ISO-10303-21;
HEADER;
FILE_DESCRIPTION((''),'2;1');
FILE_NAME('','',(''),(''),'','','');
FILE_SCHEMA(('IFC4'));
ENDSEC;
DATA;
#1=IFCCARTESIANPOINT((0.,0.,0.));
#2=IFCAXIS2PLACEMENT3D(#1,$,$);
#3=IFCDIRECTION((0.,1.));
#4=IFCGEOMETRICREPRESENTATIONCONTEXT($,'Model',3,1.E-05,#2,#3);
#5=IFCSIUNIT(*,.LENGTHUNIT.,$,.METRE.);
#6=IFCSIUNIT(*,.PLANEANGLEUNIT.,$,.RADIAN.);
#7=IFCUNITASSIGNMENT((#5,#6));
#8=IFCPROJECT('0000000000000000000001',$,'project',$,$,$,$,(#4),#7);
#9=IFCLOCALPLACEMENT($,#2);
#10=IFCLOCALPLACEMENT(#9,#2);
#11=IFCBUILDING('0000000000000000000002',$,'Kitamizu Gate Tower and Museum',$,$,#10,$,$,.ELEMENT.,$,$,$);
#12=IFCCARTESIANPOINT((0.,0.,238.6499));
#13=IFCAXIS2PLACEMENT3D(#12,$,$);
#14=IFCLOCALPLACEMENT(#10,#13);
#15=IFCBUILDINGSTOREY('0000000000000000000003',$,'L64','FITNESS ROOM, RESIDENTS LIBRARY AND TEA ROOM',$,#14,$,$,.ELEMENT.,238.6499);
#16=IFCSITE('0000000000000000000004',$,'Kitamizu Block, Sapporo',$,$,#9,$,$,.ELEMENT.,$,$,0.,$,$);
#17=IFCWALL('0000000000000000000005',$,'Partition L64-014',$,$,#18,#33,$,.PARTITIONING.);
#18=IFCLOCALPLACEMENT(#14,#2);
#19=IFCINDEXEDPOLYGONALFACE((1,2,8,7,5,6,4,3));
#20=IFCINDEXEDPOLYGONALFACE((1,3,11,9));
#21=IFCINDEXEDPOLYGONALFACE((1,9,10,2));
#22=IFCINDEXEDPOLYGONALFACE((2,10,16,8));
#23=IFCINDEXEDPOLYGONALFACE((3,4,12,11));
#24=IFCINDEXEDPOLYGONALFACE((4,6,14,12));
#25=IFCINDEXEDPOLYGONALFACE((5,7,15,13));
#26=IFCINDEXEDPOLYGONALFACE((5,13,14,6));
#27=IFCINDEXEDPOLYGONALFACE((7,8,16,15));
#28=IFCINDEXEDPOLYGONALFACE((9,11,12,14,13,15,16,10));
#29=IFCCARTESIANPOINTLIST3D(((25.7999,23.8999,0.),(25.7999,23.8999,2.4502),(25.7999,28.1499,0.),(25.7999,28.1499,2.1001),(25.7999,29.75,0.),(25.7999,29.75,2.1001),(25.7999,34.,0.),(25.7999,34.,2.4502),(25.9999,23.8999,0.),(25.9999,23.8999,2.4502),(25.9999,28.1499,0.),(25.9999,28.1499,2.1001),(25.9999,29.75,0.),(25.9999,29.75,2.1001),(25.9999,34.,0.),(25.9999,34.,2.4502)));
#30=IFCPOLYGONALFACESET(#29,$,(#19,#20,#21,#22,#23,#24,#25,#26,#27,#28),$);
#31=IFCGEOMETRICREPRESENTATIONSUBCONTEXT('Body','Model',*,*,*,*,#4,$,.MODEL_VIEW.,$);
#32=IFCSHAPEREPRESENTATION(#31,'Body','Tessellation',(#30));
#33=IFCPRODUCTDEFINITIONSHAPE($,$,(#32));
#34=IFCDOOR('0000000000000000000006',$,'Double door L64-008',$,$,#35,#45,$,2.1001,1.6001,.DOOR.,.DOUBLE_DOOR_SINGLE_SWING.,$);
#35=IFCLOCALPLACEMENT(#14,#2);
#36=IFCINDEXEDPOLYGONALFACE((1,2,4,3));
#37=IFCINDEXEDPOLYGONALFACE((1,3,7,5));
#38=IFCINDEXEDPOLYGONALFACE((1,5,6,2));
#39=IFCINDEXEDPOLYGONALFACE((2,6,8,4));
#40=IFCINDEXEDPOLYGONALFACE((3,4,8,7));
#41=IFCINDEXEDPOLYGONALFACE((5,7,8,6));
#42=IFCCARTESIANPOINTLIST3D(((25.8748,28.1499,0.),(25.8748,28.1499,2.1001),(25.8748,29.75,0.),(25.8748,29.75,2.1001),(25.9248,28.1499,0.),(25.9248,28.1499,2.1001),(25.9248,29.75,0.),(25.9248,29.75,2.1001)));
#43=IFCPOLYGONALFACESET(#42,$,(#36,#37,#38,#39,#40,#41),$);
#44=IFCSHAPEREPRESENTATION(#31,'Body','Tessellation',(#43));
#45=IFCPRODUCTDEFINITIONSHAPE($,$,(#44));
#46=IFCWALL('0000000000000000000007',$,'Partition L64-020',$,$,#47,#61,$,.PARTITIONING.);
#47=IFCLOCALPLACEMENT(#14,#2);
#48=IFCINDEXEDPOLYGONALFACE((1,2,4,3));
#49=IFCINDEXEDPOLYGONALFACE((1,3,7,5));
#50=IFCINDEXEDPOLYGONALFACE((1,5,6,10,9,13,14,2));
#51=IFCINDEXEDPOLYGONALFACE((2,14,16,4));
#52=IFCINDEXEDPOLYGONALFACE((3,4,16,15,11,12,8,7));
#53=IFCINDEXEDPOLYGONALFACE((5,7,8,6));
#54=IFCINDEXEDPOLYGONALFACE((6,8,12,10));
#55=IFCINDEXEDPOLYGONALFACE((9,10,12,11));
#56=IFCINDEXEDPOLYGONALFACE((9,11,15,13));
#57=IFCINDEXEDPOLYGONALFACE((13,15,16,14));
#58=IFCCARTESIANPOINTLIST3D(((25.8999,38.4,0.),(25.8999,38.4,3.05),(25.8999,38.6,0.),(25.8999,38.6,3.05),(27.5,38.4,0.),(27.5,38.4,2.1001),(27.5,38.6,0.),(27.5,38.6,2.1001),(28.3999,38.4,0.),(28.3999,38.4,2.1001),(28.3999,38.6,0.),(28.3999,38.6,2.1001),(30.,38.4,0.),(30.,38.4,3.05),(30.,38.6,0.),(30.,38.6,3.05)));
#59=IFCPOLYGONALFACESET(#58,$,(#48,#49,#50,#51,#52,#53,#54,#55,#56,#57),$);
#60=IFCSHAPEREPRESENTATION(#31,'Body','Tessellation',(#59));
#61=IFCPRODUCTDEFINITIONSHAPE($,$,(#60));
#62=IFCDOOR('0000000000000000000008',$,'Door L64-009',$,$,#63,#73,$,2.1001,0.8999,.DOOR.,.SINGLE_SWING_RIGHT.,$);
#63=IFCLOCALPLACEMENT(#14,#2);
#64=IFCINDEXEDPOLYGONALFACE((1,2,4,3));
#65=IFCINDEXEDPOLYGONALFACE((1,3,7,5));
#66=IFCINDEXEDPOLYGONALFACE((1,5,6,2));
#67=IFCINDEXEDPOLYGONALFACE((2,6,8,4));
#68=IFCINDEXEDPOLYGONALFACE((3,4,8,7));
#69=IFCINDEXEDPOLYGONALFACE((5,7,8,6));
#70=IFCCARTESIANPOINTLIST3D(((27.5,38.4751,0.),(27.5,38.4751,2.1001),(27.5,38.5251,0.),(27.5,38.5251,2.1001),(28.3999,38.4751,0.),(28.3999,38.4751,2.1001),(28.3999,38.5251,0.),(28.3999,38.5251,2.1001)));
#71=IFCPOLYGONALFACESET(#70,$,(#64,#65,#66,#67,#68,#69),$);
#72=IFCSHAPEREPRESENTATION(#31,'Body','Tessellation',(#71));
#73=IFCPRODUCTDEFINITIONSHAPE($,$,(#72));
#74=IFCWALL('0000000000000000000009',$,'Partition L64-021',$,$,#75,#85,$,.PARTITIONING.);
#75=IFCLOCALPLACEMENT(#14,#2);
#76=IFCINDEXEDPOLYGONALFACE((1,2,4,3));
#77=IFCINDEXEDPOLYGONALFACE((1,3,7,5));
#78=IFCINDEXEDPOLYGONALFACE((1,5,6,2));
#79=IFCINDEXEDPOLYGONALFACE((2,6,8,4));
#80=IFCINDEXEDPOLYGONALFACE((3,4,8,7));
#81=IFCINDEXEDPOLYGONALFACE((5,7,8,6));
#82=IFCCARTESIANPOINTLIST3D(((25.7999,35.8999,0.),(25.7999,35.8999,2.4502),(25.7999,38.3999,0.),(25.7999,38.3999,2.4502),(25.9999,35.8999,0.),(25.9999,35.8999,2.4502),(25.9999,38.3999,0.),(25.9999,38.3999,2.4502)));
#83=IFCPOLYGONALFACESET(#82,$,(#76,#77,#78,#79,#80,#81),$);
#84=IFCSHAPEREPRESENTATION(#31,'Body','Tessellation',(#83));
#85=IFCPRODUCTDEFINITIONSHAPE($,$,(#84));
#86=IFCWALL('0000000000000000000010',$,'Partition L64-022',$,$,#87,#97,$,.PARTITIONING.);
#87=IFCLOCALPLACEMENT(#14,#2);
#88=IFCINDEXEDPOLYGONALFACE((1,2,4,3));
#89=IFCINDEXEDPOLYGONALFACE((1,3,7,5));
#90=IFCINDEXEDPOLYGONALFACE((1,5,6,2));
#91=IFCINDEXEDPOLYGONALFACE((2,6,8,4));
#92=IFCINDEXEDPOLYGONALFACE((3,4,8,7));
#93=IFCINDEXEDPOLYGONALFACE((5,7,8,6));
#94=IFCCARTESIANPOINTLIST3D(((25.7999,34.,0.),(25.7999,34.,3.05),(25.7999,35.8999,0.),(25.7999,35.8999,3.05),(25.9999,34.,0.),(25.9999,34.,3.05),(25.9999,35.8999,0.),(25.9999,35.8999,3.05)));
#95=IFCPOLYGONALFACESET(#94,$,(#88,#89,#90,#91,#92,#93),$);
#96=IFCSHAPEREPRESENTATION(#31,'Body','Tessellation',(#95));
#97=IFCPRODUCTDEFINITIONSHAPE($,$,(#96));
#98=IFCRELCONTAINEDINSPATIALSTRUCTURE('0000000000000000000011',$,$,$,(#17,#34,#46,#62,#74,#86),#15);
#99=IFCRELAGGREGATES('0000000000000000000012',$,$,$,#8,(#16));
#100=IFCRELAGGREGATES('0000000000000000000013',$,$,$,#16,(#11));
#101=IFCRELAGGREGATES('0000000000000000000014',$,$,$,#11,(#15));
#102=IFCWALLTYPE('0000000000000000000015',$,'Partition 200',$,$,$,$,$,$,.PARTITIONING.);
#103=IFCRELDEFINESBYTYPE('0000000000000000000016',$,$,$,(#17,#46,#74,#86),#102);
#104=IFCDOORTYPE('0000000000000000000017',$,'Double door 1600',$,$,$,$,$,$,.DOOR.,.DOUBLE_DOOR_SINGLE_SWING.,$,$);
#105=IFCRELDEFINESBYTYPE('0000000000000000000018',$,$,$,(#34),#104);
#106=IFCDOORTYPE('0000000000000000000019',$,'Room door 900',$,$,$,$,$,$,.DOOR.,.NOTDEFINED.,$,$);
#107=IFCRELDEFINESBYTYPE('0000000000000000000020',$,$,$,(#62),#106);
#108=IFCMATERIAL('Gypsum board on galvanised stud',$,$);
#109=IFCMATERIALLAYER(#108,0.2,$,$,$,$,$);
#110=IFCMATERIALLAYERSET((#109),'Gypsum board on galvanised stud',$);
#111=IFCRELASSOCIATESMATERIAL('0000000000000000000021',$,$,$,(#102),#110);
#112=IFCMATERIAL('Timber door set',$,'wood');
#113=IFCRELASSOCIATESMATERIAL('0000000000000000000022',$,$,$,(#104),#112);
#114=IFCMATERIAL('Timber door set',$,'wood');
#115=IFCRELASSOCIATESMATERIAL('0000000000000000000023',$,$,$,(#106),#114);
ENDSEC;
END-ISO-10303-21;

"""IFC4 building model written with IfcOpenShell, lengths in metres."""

from ifc_helpers import new_model, si_unit, direction, frame, frame_2d, origin, place, context, subcontext, project, spatial, rectangle, extrude, material, layer, layer_set, type_object, element, fill, save


model = new_model("IFC4")

# Units and contexts
model_context = context("Model", 3, precision=1e-05, world=origin(), true_north=direction((0.0, 1.0)))
body_context = subcontext(model_context, "Body", "Model", "MODEL_VIEW")
ifc_project = project(units=[si_unit("LENGTHUNIT", "METRE"), si_unit("PLANEANGLEUNIT", "RADIAN")], contexts=[model_context])

# Site, building, storey
site_placement = place(None, origin())
site = spatial("IfcSite", under=ifc_project, at=site_placement, Name="Kitamizu Block, Sapporo", CompositionType="ELEMENT", RefElevation=0.0)
building_placement = place(site_placement, origin())
building = spatial("IfcBuilding", under=site, at=building_placement, Name="Kitamizu Gate Tower and Museum", CompositionType="ELEMENT")
storey_placement = place(building_placement, frame((0.0, 0.0, 238.6499)))
storey = spatial("IfcBuildingStorey", under=building, at=storey_placement, Name="L64", Description="FITNESS ROOM, RESIDENTS LIBRARY AND TEA ROOM", CompositionType="ELEMENT", Elevation=238.6499)

# Shared definitions
ifc_material_1 = material(Name="Gypsum board on galvanised stud")
ifc_layer_1 = layer(ifc_material_1, 0.2)
ifc_layer_set_1 = layer_set([ifc_layer_1], Name="Gypsum board on galvanised stud")
wall_type_1 = type_object("IfcWallType", Name="Partition 200", PredefinedType="PARTITIONING", material=ifc_layer_set_1)

# Walls, openings, doors
wall_1_placement = place(storey_placement, frame((25.8999, 34.0, 0.0), z_axis=(0.0, 0.0, 1.0), x_axis=(0.0, -1.0, 0.0)))
wall_1 = element("IfcWall", 1, at=wall_1_placement, inside=storey, type_object=wall_type_1, Name="Partition L64-014", PredefinedType="PARTITIONING", context=body_context, shape_type="SweptSolid", body=[
    extrude(rectangle(XDim=10.1001, YDim=0.2, at=frame_2d((5.05, 0.0))), origin(), (0.0, 0.0, 1.0), 2.4502),
])
opening_1_placement = place(wall_1_placement, frame((4.25, 0.0, 0.0)))
opening_1 = element("IfcOpeningElement", 2, at=opening_1_placement, cuts=wall_1, PredefinedType="OPENING", context=body_context, shape_type="SweptSolid", body=[
    extrude(rectangle(XDim=1.6001, YDim=2.1001, at=frame_2d((0.8, 1.05))), frame((0.0, 0.1099, 0.0), z_axis=(0.0, -1.0, 0.0), x_axis=(1.0, 0.0, 0.0)), (0.0, 0.0, 1.0), 0.22),
])
ifc_material_2 = material(Name="Timber door set", Category="wood")
door_type_1 = type_object("IfcDoorType", Name="Double door 1600", OperationType="DOUBLE_DOOR_SINGLE_SWING", PredefinedType="DOOR", material=ifc_material_2)
door_1_placement = place(opening_1_placement, origin())
door_1 = element("IfcDoor", 3, at=door_1_placement, inside=storey, type_object=door_type_1, Name="Double door L64-008", OperationType="DOUBLE_DOOR_SINGLE_SWING", OverallHeight=2.1001, OverallWidth=1.6001, PredefinedType="DOOR", context=body_context, shape_type="SweptSolid", body=[
    extrude(rectangle(XDim=1.6001, YDim=2.1001, at=frame_2d((0.8, 1.05))), frame((0.0, 0.0249, 0.0), z_axis=(0.0, -1.0, 0.0), x_axis=(1.0, 0.0, 0.0)), (0.0, 0.0, 1.0), 0.05),
])
fill(opening_1, door_1)
wall_2_placement = place(storey_placement, frame((30.0, 38.5, 0.0), z_axis=(0.0, 0.0, 1.0), x_axis=(-1.0, 0.0, 0.0)))
wall_2 = element("IfcWall", 4, at=wall_2_placement, inside=storey, type_object=wall_type_1, Name="Partition L64-020", PredefinedType="PARTITIONING", context=body_context, shape_type="SweptSolid", body=[
    extrude(rectangle(XDim=4.1001, YDim=0.2, at=frame_2d((2.05, 0.0))), origin(), (0.0, 0.0, 1.0), 3.05),
])
opening_2_placement = place(wall_2_placement, frame((1.6001, 0.0, 0.0)))
opening_2 = element("IfcOpeningElement", 5, at=opening_2_placement, cuts=wall_2, PredefinedType="OPENING", context=body_context, shape_type="SweptSolid", body=[
    extrude(rectangle(XDim=0.8999, YDim=2.1001, at=frame_2d((0.45, 1.05))), frame((0.0, 0.1099, 0.0), z_axis=(0.0, -1.0, 0.0), x_axis=(1.0, 0.0, 0.0)), (0.0, 0.0, 1.0), 0.22),
])
ifc_material_3 = material(Name="Timber door set", Category="wood")
door_type_2 = type_object("IfcDoorType", Name="Room door 900", OperationType="NOTDEFINED", PredefinedType="DOOR", material=ifc_material_3)
door_2_placement = place(opening_2_placement, origin())
door_2 = element("IfcDoor", 6, at=door_2_placement, inside=storey, type_object=door_type_2, Name="Door L64-009", OperationType="SINGLE_SWING_RIGHT", OverallHeight=2.1001, OverallWidth=0.8999, PredefinedType="DOOR", context=body_context, shape_type="SweptSolid", body=[
    extrude(rectangle(XDim=0.8999, YDim=2.1001, at=frame_2d((0.45, 1.05))), frame((0.0, 0.0249, 0.0), z_axis=(0.0, -1.0, 0.0), x_axis=(1.0, 0.0, 0.0)), (0.0, 0.0, 1.0), 0.05),
])
fill(opening_2, door_2)

# Walls
wall_3_placement = place(storey_placement, frame((25.8999, 38.3999, 0.0), z_axis=(0.0, 0.0, 1.0), x_axis=(0.0, -1.0, 0.0)))
element("IfcWall", 7, at=wall_3_placement, inside=storey, type_object=wall_type_1, Name="Partition L64-021", PredefinedType="PARTITIONING", context=body_context, shape_type="SweptSolid", body=[
    extrude(rectangle(XDim=2.5, YDim=0.2, at=frame_2d((1.25, 0.0))), origin(), (0.0, 0.0, 1.0), 2.4502),
])
wall_4_placement = place(storey_placement, frame((25.8999, 35.8999, 0.0), z_axis=(0.0, 0.0, 1.0), x_axis=(0.0, -1.0, 0.0)))
element("IfcWall", 8, at=wall_4_placement, inside=storey, type_object=wall_type_1, Name="Partition L64-022", PredefinedType="PARTITIONING", context=body_context, shape_type="SweptSolid", body=[
    extrude(rectangle(XDim=1.8999, YDim=0.2, at=frame_2d((0.95, 0.0))), origin(), (0.0, 0.0, 1.0), 3.05),
])

save(model, "model.ifc")
